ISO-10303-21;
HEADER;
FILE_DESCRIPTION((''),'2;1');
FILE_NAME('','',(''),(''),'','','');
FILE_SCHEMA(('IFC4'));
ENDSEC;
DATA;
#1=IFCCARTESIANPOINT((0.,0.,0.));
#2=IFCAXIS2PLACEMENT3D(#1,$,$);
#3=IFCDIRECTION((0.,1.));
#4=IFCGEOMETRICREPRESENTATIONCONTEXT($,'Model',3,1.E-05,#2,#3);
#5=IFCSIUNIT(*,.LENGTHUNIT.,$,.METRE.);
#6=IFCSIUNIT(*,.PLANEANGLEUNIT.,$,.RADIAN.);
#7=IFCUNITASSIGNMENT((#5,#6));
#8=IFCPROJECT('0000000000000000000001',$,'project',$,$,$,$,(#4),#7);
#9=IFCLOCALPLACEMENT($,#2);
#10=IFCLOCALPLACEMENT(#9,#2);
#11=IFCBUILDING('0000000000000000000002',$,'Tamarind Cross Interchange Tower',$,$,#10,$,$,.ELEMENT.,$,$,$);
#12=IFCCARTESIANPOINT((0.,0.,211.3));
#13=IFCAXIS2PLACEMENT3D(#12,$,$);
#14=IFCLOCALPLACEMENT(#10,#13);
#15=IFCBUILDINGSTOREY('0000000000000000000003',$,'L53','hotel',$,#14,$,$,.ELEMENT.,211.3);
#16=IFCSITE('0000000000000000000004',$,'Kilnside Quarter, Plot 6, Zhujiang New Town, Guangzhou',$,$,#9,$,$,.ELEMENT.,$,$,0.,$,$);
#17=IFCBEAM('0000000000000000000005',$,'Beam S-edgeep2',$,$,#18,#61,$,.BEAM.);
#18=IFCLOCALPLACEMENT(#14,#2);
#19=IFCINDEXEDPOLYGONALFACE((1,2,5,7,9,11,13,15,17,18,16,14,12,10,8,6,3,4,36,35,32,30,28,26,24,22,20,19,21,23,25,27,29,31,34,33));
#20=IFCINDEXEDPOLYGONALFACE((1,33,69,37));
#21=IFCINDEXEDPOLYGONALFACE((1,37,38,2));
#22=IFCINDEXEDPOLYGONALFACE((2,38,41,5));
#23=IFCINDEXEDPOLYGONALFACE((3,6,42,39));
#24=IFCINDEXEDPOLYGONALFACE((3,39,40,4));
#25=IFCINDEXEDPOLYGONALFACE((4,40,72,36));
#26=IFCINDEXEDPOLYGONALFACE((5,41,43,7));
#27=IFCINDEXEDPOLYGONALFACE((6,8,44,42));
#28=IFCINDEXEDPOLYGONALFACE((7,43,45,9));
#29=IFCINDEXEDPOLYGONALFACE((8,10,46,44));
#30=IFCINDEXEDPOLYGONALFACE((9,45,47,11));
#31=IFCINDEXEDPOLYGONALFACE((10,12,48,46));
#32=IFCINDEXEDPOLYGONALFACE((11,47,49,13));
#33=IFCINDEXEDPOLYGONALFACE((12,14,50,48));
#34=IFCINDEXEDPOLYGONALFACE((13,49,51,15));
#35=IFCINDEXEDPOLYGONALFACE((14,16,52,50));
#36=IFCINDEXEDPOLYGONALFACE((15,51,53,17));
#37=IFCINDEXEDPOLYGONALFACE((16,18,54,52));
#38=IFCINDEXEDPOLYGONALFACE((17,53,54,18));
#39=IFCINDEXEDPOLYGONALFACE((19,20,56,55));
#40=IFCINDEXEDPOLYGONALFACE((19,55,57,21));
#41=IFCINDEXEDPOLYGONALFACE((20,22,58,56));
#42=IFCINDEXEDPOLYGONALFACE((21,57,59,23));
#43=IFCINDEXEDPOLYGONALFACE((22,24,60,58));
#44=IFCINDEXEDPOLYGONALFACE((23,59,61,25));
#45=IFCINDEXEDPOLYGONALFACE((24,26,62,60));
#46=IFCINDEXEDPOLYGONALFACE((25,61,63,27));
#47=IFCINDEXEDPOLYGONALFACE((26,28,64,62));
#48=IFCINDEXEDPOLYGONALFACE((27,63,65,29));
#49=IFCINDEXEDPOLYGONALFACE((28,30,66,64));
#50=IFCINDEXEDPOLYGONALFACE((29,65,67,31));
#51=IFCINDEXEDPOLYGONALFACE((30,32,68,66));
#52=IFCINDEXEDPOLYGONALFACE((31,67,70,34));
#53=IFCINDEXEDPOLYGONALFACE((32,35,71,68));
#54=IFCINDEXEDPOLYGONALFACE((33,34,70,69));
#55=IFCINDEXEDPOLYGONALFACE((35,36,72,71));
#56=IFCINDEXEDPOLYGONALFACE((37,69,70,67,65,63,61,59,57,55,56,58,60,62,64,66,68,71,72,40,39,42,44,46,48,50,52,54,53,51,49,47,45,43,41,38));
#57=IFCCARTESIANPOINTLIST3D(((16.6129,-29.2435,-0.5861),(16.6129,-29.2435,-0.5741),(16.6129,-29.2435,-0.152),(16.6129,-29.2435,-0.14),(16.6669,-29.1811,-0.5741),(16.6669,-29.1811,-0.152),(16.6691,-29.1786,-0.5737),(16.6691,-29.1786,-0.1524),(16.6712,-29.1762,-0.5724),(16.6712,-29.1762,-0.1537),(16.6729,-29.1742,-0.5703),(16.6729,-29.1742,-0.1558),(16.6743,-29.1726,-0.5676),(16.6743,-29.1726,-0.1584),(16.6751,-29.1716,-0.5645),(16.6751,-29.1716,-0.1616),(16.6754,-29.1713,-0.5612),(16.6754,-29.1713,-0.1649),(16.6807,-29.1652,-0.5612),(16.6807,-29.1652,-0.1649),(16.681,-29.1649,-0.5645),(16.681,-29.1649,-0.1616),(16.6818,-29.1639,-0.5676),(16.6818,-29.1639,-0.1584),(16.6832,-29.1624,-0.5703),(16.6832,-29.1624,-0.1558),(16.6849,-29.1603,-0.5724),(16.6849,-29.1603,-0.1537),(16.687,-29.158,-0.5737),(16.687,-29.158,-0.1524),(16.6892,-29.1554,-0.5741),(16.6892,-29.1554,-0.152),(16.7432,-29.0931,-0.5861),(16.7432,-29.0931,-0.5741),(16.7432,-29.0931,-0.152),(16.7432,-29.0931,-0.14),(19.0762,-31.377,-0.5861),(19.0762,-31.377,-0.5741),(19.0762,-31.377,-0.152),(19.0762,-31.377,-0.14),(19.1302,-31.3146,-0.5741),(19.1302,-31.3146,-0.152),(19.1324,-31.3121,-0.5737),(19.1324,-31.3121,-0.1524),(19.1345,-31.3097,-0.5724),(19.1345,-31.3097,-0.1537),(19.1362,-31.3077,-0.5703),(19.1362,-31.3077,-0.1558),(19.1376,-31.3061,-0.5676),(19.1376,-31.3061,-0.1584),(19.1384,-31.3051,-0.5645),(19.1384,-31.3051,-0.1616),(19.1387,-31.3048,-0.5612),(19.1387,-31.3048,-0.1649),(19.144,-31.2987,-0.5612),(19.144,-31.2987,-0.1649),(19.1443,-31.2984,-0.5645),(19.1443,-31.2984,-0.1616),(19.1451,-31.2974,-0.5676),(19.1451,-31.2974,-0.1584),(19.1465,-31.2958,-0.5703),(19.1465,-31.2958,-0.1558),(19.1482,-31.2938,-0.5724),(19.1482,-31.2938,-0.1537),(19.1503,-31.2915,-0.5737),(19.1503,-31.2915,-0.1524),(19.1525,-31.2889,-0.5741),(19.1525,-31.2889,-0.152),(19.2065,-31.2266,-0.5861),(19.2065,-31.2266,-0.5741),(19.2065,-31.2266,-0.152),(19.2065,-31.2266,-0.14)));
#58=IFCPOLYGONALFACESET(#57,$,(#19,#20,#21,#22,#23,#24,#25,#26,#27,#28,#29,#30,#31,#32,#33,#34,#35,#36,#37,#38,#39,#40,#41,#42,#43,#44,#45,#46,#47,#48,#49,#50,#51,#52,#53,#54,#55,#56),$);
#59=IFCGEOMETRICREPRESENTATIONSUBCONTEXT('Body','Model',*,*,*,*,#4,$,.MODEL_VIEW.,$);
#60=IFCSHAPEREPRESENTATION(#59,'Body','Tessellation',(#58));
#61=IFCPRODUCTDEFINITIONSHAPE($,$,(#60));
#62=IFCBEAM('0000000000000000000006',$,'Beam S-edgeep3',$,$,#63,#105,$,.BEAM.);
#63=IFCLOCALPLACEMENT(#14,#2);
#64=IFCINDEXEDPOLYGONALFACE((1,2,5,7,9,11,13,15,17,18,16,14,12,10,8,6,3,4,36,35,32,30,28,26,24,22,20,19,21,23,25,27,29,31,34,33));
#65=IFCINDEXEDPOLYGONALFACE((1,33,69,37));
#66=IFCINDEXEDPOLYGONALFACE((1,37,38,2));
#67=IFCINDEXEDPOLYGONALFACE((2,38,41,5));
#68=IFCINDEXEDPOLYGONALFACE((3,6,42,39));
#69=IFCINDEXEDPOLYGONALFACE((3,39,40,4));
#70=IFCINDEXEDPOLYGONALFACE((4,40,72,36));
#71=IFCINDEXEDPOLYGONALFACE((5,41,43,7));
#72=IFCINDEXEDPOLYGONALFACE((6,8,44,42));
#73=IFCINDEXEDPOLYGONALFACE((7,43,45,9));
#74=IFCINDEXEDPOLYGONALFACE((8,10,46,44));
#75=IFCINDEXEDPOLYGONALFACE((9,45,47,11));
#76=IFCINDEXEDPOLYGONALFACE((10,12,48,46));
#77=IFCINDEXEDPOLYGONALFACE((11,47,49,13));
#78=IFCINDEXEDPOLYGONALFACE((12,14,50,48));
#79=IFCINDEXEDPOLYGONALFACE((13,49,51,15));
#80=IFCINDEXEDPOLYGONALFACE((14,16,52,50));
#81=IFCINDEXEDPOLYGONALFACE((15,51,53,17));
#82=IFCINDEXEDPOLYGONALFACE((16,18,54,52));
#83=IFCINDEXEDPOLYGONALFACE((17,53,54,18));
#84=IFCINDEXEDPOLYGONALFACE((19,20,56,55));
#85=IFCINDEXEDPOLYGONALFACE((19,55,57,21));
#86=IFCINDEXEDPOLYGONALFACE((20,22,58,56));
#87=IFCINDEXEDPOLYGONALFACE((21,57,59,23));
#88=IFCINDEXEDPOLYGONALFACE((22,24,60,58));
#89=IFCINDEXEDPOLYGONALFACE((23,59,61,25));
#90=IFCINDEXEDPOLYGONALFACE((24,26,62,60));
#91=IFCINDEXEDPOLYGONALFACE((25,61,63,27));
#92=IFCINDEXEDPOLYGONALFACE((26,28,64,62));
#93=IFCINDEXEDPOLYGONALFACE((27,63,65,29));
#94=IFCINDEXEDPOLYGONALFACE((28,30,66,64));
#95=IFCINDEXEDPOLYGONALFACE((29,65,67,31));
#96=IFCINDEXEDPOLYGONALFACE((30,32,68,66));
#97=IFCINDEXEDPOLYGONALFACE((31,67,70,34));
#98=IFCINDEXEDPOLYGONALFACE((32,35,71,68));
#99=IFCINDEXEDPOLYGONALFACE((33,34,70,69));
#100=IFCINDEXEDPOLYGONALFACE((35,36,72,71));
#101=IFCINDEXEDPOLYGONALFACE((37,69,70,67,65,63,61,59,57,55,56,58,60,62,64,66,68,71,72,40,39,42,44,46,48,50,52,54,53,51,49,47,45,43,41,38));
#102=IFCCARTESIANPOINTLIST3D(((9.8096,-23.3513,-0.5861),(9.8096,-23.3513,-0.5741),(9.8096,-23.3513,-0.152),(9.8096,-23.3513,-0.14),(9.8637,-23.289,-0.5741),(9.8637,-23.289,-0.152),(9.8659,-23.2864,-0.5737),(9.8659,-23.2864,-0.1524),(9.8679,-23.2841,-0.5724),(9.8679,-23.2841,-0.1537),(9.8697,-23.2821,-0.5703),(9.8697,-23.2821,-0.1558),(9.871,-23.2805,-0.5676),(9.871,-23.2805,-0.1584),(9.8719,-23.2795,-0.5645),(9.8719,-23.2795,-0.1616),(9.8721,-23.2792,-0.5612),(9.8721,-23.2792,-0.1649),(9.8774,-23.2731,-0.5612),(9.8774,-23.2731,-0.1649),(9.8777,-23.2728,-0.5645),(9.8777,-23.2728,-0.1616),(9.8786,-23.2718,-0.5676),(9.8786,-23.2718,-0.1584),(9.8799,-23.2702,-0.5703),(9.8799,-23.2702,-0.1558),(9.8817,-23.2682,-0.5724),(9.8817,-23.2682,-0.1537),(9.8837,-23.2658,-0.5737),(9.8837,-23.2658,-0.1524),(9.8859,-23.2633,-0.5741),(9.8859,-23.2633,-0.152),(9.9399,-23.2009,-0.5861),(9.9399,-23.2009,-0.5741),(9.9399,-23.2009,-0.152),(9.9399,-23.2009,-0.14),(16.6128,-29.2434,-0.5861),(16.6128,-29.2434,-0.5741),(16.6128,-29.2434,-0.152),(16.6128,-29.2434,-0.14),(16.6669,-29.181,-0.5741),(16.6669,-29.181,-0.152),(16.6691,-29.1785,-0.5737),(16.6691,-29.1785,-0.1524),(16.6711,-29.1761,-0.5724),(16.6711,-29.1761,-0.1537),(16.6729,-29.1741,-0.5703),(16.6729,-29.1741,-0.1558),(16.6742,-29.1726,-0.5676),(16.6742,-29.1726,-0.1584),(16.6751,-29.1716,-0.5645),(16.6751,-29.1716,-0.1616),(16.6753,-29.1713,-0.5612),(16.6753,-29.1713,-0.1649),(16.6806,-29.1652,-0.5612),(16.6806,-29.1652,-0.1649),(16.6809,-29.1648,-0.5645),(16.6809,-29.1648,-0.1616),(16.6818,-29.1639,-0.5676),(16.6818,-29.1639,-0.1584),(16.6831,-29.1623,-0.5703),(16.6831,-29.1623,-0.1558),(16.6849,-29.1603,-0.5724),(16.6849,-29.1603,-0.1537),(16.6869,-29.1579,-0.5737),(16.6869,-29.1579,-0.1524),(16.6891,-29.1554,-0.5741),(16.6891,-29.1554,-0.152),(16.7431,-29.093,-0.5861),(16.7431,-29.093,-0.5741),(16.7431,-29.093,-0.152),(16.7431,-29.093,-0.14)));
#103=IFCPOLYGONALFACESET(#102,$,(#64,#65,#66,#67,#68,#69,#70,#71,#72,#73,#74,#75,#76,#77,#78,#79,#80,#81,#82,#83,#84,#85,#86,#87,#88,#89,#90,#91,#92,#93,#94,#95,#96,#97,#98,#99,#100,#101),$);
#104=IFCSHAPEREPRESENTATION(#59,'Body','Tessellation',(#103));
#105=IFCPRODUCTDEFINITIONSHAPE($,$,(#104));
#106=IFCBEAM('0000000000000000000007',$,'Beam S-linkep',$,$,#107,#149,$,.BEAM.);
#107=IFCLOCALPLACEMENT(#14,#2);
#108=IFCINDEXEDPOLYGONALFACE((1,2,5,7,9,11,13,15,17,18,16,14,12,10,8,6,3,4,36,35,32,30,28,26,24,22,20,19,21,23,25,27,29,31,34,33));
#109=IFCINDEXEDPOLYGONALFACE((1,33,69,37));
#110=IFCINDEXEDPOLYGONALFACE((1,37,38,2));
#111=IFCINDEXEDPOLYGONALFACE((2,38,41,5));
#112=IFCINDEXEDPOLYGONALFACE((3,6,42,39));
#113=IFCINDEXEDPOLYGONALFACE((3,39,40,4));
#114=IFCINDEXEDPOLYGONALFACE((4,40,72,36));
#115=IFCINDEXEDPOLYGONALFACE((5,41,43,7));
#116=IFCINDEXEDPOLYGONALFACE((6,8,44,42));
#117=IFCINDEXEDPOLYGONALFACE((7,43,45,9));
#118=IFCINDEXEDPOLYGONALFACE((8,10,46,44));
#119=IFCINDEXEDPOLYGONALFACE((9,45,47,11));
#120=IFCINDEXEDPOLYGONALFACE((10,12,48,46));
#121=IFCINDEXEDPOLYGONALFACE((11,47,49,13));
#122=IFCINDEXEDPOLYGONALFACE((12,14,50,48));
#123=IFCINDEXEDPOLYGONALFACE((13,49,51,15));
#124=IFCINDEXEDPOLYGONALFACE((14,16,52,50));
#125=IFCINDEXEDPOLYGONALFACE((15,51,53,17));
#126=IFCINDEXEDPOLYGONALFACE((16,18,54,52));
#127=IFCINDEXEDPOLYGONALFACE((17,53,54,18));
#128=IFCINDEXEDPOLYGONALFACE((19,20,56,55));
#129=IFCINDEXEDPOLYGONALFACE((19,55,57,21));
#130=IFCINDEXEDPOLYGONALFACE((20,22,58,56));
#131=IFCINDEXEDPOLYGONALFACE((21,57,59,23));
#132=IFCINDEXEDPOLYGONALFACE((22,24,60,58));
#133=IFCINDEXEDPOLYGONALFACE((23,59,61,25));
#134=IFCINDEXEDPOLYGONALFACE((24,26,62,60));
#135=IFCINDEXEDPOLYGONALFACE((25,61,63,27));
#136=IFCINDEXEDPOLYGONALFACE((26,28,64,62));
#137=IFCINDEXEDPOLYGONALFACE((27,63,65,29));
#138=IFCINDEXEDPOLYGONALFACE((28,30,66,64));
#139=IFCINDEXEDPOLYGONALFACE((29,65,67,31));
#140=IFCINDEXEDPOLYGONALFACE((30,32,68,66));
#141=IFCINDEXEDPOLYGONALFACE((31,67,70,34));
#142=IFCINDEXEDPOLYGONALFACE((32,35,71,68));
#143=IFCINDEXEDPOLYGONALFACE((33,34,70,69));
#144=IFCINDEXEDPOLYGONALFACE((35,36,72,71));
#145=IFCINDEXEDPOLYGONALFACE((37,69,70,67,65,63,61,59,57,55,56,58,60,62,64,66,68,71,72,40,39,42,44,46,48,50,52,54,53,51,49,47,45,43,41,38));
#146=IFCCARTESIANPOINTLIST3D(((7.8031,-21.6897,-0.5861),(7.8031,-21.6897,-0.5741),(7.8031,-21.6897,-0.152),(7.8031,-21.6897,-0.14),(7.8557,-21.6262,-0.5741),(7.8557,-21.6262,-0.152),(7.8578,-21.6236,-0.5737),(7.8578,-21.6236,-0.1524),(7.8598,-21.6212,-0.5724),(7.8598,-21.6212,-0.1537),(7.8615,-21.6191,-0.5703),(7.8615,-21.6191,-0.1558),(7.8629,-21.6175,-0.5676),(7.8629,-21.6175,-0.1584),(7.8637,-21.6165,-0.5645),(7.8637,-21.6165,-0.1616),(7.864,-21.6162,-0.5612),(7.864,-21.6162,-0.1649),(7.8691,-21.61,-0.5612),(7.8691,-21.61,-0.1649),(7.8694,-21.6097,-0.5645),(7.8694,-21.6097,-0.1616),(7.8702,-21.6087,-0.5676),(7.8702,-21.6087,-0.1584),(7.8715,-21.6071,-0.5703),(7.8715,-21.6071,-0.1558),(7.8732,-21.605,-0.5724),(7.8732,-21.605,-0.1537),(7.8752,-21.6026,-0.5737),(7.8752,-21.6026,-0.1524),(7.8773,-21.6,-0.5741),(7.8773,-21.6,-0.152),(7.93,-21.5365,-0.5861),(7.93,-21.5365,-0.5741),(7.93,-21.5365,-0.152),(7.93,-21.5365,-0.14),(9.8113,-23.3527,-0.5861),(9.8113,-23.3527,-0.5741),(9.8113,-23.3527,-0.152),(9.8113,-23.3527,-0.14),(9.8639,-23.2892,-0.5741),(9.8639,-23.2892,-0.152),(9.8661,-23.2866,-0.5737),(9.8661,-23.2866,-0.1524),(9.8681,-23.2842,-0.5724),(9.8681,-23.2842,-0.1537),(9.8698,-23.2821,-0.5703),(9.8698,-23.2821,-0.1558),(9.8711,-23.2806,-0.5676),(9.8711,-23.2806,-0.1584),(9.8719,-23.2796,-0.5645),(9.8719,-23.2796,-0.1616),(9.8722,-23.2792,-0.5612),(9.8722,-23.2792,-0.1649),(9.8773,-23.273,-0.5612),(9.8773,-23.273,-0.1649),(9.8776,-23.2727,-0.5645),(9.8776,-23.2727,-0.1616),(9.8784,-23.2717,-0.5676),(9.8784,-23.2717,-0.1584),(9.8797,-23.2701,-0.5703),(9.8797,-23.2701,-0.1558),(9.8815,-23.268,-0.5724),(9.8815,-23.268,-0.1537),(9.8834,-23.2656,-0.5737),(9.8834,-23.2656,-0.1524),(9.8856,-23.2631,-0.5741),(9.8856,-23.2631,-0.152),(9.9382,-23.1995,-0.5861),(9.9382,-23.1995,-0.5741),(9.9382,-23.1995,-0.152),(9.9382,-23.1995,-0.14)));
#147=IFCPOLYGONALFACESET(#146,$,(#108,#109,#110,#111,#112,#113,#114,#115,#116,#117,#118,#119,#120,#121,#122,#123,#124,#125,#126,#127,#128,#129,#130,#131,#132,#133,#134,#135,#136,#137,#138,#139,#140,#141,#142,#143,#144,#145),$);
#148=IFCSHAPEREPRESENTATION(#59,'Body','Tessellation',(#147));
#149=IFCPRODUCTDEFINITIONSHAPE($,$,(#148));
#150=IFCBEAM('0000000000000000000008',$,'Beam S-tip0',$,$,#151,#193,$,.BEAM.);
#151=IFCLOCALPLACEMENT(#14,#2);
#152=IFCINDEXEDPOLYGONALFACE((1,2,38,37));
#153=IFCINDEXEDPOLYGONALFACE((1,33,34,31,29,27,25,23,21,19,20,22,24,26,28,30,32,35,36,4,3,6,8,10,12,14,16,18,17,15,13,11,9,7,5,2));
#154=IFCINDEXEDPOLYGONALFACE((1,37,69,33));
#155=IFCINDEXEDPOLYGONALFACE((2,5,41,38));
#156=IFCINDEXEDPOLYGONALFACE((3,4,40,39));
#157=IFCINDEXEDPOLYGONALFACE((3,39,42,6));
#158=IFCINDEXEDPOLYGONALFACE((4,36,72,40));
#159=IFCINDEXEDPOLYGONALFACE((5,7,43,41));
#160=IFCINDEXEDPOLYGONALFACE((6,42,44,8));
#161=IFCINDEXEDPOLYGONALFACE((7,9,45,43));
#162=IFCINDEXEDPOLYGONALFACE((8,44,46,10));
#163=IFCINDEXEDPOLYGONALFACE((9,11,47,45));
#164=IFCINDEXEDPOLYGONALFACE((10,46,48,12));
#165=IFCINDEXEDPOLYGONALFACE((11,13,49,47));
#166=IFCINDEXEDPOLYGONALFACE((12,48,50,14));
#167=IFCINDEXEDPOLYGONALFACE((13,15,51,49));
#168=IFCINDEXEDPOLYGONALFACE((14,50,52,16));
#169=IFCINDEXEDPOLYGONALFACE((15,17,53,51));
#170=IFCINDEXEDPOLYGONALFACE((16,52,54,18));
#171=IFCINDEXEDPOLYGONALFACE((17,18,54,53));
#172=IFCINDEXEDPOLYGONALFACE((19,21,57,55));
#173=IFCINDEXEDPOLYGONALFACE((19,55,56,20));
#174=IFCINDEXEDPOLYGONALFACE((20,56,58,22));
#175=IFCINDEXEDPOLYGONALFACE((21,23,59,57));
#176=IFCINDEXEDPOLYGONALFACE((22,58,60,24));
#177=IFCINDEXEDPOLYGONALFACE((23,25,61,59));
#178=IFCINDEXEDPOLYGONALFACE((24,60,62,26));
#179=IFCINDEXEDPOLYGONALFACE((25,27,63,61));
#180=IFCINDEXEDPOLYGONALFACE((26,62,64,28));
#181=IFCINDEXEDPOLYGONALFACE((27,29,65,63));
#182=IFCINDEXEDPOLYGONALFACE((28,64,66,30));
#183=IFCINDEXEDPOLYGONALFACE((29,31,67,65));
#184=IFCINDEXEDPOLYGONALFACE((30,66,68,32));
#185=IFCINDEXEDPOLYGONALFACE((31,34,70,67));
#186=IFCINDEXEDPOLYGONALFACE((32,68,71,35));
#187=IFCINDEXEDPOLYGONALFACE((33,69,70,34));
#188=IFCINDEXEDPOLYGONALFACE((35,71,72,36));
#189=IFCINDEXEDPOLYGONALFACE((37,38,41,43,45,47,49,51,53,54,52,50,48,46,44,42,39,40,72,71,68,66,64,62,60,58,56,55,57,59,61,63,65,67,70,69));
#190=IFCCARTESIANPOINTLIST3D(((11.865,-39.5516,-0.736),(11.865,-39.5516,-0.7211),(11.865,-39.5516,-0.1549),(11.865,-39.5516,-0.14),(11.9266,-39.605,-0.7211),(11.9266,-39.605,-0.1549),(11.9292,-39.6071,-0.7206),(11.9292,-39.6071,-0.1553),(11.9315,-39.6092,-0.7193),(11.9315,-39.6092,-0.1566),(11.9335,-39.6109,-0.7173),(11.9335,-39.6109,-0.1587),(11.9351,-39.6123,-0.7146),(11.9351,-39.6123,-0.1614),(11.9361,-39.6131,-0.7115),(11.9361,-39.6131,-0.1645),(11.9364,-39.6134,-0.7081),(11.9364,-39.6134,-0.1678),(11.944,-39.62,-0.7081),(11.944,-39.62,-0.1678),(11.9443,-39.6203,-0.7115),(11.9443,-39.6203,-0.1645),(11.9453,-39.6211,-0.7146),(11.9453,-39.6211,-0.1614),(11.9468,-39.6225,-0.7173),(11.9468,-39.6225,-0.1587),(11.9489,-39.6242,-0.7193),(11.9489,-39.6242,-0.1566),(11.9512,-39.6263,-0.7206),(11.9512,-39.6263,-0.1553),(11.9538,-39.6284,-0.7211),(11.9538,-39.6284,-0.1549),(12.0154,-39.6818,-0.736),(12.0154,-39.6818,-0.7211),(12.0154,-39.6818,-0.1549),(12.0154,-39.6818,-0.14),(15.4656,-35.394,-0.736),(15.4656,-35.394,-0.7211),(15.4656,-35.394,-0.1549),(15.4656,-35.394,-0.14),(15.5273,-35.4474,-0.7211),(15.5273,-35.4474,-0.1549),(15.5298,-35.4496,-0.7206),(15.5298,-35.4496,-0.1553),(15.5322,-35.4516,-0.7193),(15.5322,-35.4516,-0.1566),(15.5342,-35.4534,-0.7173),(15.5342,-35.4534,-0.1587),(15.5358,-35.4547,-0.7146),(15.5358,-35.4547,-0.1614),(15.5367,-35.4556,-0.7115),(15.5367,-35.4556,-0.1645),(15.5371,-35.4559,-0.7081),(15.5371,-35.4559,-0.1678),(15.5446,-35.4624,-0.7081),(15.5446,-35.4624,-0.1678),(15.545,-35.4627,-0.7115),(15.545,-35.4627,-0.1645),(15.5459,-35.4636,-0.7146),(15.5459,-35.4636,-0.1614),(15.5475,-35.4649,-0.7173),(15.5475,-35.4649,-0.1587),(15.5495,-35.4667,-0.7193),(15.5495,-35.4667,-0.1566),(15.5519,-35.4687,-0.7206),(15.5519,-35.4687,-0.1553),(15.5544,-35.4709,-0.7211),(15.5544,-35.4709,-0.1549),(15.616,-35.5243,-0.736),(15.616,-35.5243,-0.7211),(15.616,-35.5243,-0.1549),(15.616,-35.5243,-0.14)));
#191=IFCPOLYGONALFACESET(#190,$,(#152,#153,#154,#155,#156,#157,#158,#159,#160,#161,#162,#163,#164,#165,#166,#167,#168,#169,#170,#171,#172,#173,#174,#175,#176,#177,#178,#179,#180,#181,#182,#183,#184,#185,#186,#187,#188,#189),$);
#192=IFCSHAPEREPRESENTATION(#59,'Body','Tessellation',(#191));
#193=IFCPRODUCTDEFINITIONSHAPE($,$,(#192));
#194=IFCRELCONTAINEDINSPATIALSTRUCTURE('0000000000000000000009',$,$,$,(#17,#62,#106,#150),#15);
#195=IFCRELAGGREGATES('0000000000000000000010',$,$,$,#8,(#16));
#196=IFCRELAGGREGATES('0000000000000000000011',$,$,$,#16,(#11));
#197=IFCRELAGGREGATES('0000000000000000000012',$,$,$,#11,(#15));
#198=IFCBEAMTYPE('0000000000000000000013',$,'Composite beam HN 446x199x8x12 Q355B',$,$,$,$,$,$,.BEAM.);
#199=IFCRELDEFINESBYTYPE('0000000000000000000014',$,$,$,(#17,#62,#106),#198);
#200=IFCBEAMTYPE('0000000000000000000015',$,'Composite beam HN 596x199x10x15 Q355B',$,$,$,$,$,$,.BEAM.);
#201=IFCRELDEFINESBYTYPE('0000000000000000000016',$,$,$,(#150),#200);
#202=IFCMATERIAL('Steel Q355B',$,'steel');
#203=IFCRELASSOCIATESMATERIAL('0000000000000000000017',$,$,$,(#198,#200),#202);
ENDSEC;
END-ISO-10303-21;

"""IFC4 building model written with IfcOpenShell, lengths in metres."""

from ifc_helpers import new_model, si_unit, direction, frame, origin, origin_2d, place, context, subcontext, project, spatial, i_section, extrude, material, material_profile, profile_set, type_object, element, save


model = new_model("IFC4")

# Units and contexts
model_context = context("Model", 3, precision=1e-05, world=origin(), true_north=direction((0.0, 1.0)))
body_context = subcontext(model_context, "Body", "Model", "MODEL_VIEW")
ifc_project = project(units=[si_unit("LENGTHUNIT", "METRE"), si_unit("PLANEANGLEUNIT", "RADIAN")], contexts=[model_context])

# Site, building, storey
site_placement = place(None, origin())
site = spatial("IfcSite", under=ifc_project, at=site_placement, Name="Kilnside Quarter, Plot 6, Zhujiang New Town, Guangzhou", CompositionType="ELEMENT", RefElevation=0.0)
building_placement = place(site_placement, origin())
building = spatial("IfcBuilding", under=site, at=building_placement, Name="Tamarind Cross Interchange Tower", CompositionType="ELEMENT")
storey_placement = place(building_placement, frame((0.0, 0.0, 211.3)))
storey = spatial("IfcBuildingStorey", under=building, at=storey_placement, Name="L53", Description="hotel", CompositionType="ELEMENT", Elevation=211.3)

# Beams
ifc_material_1 = material(Name="Steel Q355B", Category="steel")
ifc_material_profile_1 = material_profile(ifc_material_1, i_section(OverallWidth=0.199, OverallDepth=0.446, WebThickness=0.0081, FlangeThickness=0.012, FilletRadius=0.0129, at=origin_2d()), Name="HN 446x199x8x12")
ifc_profile_set_1 = profile_set([ifc_material_profile_1], Name="Steel Q355B")
beam_type_1 = type_object("IfcBeamType", Name="Composite beam HN 446x199x8x12 Q355B", PredefinedType="BEAM", material=ifc_profile_set_1)
beam_1_placement = place(storey_placement, frame((19.1414, -31.3018, -0.363), z_axis=(-0.755899, 0.654688, 0.0), x_axis=(-0.654688, -0.755899, 0.0)))
element("IfcBeam", 1, at=beam_1_placement, inside=storey, type_object=beam_type_1, Name="Beam S-edgeep2", PredefinedType="BEAM", context=body_context, shape_type="SweptSolid", body=[
    extrude(i_section(OverallWidth=0.199, OverallDepth=0.446, WebThickness=0.0081, FlangeThickness=0.012, FilletRadius=0.0129, at=origin_2d()), origin(), (0.0, 0.0, 1.0), 3.2588),
])
beam_2_placement = place(storey_placement, frame((16.678, -29.1682, -0.363), z_axis=(-0.755911, 0.654674, 0.0), x_axis=(-0.654674, -0.755911, 0.0)))
element("IfcBeam", 2, at=beam_2_placement, inside=storey, type_object=beam_type_1, Name="Beam S-edgeep3", PredefinedType="BEAM", context=body_context, shape_type="SweptSolid", body=[
    extrude(i_section(OverallWidth=0.199, OverallDepth=0.446, WebThickness=0.0081, FlangeThickness=0.012, FilletRadius=0.0129, at=origin_2d()), origin(), (0.0, 0.0, 1.0), 9.0),
])
beam_3_placement = place(storey_placement, frame((9.8748, -23.2761, -0.363), z_axis=(-0.770198, 0.637805, 0.0), x_axis=(-0.637805, -0.770198, 0.0)))
element("IfcBeam", 3, at=beam_3_placement, inside=storey, type_object=beam_type_1, Name="Beam S-linkep", PredefinedType="BEAM", context=body_context, shape_type="SweptSolid", body=[
    extrude(i_section(OverallWidth=0.199, OverallDepth=0.446, WebThickness=0.0081, FlangeThickness=0.012, FilletRadius=0.0129, at=origin_2d()), origin(), (0.0, 0.0, 1.0), 2.6074),
])
ifc_material_profile_2 = material_profile(ifc_material_1, i_section(OverallWidth=0.199, OverallDepth=0.5959, WebThickness=0.01, FlangeThickness=0.0149, FilletRadius=0.0129, at=origin_2d()), Name="HN 596x199x10x15")
ifc_profile_set_2 = profile_set([ifc_material_profile_2], Name="Steel Q355B")
beam_type_2 = type_object("IfcBeamType", Name="Composite beam HN 596x199x10x15 Q355B", PredefinedType="BEAM", material=ifc_profile_set_2)
for number, where, z_axis, x_axis, name in (
    (4, (11.9402, -39.6167, -0.438), (0.654665, 0.755919, 0.0), (-0.755919, 0.654665, 0.0), "Beam S-tip0"),
):
    element("IfcBeam", number, at=place(storey_placement, frame(where, z_axis=z_axis, x_axis=x_axis)), inside=storey, type_object=beam_type_2, Name=name, PredefinedType="BEAM", context=body_context, shape_type="SweptSolid", body=[
        extrude(i_section(OverallWidth=0.199, OverallDepth=0.5959, WebThickness=0.01, FlangeThickness=0.0149, FilletRadius=0.0129, at=origin_2d()), origin(), (0.0, 0.0, 1.0), 5.5),
    ])

save(model, "model.ifc")
